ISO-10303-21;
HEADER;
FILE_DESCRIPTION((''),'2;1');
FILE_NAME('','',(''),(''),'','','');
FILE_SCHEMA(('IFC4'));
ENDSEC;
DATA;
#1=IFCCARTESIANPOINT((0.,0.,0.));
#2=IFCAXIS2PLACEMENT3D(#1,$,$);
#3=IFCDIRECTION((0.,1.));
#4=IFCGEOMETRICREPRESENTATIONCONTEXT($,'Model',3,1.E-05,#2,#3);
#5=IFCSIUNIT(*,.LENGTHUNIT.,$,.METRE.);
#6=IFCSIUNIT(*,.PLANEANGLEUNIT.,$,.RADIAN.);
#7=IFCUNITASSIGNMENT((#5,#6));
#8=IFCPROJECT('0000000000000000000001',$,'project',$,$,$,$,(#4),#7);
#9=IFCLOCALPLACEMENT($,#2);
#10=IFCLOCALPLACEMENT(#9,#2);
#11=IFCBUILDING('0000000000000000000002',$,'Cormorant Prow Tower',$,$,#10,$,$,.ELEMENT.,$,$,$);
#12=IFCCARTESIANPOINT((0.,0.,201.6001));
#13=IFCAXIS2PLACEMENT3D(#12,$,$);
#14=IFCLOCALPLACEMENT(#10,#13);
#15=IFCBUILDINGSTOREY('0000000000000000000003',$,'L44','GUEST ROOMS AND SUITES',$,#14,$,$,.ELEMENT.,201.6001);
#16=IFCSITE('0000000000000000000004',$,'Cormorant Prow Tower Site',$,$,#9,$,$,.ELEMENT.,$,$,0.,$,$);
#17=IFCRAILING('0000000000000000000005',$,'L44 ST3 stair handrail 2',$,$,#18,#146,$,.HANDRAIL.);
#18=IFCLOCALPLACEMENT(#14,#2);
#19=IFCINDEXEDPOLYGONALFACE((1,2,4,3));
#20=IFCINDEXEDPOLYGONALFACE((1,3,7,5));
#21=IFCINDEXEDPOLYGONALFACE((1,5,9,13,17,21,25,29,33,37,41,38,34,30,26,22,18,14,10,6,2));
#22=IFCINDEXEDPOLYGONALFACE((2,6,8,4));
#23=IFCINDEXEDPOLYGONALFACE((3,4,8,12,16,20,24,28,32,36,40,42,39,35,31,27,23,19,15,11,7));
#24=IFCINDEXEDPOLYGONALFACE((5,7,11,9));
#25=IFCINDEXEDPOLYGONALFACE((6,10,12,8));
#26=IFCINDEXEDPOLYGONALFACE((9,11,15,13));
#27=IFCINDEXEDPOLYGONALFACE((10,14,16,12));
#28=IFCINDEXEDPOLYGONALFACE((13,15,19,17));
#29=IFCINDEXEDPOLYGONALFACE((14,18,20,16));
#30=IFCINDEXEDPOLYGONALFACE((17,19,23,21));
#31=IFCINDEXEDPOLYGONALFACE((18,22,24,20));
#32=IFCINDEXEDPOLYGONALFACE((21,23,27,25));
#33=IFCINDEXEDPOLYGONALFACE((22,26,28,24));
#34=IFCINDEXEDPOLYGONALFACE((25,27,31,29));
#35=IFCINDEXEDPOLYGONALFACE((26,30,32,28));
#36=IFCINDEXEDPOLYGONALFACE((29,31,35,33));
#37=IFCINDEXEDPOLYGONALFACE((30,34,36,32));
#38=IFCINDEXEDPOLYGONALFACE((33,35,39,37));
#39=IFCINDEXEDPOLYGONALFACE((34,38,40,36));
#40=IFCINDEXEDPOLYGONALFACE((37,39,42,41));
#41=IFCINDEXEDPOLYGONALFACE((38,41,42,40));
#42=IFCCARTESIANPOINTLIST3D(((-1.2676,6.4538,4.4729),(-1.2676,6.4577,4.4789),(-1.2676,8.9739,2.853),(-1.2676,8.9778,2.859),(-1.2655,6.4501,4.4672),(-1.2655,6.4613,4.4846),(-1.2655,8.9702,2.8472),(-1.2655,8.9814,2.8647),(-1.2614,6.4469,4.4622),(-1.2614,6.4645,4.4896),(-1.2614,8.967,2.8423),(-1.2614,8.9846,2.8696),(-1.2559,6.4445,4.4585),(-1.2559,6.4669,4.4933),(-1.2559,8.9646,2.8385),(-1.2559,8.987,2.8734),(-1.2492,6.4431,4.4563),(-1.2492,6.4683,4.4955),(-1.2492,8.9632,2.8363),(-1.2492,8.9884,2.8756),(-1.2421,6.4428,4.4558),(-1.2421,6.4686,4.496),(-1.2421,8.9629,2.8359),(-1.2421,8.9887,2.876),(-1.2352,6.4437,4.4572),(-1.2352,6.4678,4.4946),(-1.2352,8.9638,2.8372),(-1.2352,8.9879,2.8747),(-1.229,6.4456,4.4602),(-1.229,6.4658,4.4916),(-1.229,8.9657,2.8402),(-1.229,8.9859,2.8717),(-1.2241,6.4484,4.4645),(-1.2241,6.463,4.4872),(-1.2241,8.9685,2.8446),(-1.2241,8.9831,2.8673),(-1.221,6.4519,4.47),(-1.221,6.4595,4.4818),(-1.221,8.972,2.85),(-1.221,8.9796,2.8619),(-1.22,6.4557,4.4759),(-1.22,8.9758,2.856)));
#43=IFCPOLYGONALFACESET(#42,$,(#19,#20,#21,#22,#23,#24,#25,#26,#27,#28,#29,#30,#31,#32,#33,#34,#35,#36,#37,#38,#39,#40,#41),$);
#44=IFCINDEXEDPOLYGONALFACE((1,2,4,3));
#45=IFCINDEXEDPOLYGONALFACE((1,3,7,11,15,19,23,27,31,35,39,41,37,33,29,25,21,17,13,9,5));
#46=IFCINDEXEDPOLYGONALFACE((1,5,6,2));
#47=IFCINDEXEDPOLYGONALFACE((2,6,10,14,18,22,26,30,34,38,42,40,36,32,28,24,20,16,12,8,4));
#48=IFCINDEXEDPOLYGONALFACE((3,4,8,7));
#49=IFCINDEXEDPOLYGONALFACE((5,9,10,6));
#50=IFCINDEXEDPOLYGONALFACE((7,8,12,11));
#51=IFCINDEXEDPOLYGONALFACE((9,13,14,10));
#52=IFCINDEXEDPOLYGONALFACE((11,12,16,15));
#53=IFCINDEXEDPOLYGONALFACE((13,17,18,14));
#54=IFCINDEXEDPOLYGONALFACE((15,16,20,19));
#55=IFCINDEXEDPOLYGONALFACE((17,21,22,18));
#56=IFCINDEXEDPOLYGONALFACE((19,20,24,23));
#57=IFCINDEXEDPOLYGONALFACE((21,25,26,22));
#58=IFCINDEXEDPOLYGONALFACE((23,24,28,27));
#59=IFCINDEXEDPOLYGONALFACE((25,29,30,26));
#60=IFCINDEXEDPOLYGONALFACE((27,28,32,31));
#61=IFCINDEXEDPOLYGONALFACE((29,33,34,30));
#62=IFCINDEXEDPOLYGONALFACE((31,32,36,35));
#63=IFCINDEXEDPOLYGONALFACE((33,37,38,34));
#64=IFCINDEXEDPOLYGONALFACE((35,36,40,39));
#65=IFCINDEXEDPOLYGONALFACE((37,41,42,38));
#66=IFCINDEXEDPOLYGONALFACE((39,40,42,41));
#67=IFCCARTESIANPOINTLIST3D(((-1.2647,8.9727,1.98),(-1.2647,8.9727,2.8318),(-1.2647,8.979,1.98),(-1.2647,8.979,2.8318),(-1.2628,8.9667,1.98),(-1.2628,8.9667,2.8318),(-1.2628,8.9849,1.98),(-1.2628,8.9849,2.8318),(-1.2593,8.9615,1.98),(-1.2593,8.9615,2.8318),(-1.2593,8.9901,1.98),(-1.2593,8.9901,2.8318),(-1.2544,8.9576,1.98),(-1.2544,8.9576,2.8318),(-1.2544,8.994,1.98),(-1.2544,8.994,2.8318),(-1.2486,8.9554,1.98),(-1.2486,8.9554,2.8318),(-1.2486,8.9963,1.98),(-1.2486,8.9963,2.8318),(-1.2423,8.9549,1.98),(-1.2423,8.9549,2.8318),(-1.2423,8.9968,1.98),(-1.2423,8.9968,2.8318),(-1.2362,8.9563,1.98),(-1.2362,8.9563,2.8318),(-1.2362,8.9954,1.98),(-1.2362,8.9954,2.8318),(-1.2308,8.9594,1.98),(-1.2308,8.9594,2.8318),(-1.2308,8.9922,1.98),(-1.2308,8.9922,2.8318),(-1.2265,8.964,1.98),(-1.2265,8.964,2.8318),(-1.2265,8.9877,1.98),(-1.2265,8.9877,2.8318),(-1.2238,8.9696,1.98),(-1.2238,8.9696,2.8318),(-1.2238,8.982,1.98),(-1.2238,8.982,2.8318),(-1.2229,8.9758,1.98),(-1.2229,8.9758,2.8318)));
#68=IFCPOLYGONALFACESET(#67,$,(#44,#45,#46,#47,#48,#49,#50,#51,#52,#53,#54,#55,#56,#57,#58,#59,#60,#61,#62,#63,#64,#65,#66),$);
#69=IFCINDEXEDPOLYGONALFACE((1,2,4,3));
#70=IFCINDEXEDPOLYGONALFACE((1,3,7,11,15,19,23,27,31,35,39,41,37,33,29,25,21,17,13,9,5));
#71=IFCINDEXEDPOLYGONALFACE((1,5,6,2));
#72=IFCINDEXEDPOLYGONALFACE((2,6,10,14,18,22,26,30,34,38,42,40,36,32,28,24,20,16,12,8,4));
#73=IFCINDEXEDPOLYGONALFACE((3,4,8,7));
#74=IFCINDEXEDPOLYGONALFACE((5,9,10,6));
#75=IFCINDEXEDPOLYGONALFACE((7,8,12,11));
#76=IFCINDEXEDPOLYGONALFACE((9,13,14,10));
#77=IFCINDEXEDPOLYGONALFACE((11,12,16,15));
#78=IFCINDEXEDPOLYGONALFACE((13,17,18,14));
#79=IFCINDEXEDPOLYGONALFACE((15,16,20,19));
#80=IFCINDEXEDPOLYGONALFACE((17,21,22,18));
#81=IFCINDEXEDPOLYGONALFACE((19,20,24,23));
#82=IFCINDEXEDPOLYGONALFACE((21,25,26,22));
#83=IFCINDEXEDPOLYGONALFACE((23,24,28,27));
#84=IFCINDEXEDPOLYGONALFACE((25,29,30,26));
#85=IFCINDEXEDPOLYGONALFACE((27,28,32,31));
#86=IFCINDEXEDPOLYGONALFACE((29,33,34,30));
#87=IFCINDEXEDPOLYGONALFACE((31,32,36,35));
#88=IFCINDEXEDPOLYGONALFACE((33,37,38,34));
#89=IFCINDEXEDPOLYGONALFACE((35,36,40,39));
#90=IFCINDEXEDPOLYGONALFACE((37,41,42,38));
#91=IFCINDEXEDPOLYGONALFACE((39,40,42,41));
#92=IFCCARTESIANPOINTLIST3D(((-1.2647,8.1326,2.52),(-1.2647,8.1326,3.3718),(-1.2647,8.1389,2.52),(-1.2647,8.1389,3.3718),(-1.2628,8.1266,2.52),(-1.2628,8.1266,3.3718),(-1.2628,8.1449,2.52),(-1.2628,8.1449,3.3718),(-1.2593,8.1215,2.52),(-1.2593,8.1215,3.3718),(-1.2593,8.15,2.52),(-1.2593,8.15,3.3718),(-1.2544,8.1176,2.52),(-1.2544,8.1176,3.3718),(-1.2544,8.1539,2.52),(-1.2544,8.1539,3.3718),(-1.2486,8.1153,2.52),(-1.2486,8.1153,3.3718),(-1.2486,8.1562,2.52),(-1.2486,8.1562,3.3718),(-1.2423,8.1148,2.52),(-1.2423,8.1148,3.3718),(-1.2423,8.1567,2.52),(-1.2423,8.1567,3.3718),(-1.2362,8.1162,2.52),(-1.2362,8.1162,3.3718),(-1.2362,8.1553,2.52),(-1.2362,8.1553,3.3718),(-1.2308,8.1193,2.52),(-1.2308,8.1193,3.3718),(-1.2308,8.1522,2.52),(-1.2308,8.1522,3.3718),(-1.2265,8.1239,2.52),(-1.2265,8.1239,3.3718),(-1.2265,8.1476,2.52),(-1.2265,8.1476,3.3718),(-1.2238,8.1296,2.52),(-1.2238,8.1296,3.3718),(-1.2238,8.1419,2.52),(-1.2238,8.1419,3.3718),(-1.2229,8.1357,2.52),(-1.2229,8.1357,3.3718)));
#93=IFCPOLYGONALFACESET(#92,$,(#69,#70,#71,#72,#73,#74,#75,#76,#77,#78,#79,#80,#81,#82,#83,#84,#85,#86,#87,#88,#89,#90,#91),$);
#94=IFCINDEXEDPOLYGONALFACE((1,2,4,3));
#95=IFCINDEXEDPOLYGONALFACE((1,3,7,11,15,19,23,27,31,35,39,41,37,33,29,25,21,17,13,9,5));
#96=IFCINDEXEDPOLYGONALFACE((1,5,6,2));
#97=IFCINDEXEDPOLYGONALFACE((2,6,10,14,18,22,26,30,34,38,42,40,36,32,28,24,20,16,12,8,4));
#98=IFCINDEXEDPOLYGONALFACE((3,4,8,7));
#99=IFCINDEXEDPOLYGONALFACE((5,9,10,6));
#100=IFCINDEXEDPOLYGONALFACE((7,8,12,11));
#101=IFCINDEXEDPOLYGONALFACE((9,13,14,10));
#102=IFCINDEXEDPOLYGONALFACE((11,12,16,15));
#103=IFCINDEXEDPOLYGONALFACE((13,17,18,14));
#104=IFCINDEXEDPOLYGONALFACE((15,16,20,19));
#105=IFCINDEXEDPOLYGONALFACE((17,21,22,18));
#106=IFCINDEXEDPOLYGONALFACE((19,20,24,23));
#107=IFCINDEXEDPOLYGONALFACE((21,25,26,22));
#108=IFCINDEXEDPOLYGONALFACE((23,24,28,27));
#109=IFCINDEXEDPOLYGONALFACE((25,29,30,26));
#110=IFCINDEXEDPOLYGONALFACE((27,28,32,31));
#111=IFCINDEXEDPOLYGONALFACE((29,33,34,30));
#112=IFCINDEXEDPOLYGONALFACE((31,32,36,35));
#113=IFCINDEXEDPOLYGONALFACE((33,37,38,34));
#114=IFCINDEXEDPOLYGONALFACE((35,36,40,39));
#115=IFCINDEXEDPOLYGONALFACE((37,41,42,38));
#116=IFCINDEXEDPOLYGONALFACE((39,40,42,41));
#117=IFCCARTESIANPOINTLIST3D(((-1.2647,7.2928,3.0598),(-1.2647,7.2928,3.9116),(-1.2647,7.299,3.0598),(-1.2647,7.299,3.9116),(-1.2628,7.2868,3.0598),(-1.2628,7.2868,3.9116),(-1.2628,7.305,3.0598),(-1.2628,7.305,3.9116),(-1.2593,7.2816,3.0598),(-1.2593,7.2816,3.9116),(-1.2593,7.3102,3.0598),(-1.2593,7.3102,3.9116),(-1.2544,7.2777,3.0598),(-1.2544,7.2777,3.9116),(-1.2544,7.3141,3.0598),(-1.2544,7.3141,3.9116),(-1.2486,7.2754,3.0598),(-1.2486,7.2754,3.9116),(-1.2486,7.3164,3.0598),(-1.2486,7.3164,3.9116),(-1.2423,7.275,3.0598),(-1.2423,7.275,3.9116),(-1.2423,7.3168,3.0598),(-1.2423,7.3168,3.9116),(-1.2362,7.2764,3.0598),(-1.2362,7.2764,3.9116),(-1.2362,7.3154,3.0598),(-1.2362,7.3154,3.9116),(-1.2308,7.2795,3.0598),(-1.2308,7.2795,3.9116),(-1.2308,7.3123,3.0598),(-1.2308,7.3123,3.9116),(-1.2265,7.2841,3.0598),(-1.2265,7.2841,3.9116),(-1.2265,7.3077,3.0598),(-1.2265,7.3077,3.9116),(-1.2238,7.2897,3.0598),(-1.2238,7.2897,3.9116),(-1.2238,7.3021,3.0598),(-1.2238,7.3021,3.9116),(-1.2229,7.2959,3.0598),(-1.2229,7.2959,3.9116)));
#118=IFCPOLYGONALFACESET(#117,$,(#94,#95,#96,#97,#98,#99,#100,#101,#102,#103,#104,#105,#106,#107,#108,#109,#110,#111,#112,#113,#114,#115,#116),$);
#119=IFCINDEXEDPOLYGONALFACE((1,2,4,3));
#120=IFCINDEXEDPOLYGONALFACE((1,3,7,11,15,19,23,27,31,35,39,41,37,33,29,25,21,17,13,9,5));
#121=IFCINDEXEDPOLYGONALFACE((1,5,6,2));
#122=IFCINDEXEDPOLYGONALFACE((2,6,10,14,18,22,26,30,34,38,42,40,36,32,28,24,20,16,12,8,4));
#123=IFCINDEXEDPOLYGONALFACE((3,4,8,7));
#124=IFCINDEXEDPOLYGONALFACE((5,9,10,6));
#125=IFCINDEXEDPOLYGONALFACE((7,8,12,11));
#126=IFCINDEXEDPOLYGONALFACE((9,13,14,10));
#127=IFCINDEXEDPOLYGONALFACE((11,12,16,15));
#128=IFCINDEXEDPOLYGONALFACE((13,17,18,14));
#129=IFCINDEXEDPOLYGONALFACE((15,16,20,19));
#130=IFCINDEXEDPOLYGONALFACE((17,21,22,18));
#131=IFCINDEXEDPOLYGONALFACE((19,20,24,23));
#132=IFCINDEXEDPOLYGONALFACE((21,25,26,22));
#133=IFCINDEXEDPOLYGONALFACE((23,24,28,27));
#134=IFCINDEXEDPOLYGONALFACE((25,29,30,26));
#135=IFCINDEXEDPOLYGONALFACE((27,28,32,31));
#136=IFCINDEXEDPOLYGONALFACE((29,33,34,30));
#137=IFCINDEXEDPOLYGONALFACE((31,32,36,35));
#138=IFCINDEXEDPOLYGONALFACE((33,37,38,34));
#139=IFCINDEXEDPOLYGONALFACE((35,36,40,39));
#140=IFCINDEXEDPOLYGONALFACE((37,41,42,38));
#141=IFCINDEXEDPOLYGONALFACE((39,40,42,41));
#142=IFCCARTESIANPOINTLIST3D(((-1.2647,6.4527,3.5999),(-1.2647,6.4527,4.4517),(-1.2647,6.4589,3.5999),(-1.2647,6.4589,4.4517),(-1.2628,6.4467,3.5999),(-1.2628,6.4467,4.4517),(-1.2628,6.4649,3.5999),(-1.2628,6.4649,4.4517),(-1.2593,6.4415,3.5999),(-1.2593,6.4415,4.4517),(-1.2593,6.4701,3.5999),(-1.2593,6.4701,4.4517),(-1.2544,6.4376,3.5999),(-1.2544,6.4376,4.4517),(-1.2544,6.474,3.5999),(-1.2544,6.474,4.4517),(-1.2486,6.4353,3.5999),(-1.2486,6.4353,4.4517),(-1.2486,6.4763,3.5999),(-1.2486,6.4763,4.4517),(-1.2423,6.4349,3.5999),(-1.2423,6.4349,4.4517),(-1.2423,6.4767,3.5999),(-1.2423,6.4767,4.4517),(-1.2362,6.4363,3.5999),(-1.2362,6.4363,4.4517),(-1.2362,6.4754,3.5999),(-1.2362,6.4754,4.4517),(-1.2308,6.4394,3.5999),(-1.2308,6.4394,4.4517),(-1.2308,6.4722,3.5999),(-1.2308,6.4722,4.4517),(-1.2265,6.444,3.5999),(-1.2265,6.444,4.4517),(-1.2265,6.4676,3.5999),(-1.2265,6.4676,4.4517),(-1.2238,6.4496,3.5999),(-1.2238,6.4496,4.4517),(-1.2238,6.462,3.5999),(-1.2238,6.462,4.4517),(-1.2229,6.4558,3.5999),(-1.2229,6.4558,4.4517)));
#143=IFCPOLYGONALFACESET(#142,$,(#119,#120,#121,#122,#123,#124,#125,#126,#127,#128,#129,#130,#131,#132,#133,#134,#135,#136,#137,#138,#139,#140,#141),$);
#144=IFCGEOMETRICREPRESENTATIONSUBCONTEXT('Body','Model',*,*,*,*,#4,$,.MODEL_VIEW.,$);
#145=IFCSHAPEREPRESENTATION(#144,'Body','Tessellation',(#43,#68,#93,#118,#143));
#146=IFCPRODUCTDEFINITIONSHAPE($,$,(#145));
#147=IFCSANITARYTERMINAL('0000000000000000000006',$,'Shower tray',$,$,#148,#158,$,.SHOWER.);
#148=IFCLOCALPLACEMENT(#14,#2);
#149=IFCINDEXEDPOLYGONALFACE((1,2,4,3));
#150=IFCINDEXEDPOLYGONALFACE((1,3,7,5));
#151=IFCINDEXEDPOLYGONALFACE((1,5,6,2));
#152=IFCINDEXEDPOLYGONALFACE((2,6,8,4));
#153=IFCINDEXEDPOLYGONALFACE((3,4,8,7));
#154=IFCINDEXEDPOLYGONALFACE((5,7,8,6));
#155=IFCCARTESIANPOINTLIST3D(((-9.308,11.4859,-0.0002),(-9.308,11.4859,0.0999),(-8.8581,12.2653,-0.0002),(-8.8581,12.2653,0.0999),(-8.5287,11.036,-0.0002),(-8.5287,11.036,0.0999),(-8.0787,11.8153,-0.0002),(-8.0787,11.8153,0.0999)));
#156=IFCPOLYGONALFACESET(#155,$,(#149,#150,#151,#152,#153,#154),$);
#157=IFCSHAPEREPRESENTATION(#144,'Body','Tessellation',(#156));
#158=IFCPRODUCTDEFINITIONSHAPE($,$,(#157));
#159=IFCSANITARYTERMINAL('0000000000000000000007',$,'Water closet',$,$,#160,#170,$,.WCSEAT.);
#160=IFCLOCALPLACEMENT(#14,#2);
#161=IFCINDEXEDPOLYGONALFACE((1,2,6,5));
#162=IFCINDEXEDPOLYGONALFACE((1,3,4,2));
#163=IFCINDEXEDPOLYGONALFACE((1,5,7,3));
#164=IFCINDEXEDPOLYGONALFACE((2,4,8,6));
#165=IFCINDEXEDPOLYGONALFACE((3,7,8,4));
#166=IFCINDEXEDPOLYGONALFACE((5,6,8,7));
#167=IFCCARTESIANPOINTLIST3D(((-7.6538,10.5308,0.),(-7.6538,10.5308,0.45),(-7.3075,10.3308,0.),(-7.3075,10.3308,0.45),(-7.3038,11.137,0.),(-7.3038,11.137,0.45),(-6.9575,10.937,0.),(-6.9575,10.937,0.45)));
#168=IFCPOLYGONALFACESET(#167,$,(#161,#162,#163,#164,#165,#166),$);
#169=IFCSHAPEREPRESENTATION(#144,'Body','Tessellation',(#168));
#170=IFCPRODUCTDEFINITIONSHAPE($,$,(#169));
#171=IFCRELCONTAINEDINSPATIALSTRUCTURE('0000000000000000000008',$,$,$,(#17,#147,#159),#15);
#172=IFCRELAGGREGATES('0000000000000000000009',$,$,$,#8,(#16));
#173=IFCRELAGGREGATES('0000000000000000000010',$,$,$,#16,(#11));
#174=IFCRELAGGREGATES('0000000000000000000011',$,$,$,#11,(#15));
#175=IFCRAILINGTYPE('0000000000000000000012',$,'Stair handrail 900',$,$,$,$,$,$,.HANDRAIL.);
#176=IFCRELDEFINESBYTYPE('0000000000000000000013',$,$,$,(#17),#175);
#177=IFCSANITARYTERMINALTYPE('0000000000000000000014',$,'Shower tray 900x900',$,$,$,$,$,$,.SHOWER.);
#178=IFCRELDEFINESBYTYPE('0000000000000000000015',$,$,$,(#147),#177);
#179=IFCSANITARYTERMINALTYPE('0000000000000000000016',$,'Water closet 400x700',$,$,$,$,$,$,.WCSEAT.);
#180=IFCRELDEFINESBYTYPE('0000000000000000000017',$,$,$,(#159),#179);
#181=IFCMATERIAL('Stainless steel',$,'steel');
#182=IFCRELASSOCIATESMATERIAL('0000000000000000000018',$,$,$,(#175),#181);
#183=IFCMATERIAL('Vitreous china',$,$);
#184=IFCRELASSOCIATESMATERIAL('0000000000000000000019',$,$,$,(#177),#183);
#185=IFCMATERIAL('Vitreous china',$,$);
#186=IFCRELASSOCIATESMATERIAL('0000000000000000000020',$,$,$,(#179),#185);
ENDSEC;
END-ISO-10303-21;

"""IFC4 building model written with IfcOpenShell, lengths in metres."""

from ifc_helpers import new_model, si_unit, direction, frame, origin, origin_2d, place, context, subcontext, project, spatial, rectangle, circle, extrude, material, type_object, element, save


model = new_model("IFC4")

# Units and contexts
model_context = context("Model", 3, precision=1e-05, world=origin(), true_north=direction((0.0, 1.0)))
body_context = subcontext(model_context, "Body", "Model", "MODEL_VIEW")
ifc_project = project(units=[si_unit("LENGTHUNIT", "METRE"), si_unit("PLANEANGLEUNIT", "RADIAN")], contexts=[model_context])

# Site, building, storey
site_placement = place(None, origin())
site = spatial("IfcSite", under=ifc_project, at=site_placement, Name="Cormorant Prow Tower Site", CompositionType="ELEMENT", RefElevation=0.0)
building_placement = place(site_placement, origin())
building = spatial("IfcBuilding", under=site, at=building_placement, Name="Cormorant Prow Tower", CompositionType="ELEMENT")
storey_placement = place(building_placement, frame((0.0, 0.0, 201.6001)))
storey = spatial("IfcBuildingStorey", under=building, at=storey_placement, Name="L44", Description="GUEST ROOMS AND SUITES", CompositionType="ELEMENT", Elevation=201.6001)

# Railing
ifc_material_1 = material(Name="Stainless steel", Category="steel")
railing_type = type_object("IfcRailingType", Name="Stair handrail 900", PredefinedType="HANDRAIL", material=ifc_material_1)
railing_1_placement = place(storey_placement, frame((-1.2439, 8.9758, 1.98)))
element("IfcRailing", 1, at=railing_1_placement, inside=storey, type_object=railing_type, Name="L44 ST3 stair handrail 2", PredefinedType="HANDRAIL", context=body_context, shape_type="SweptSolid", body=[
    extrude(circle(Radius=0.0239, at=origin_2d()), frame((0.0, 0.0, 0.876), z_axis=(0.0, -0.8412, 0.540725), x_axis=(1.0, 0.0, 0.0)), (0.0, 0.0, 1.0), 2.9958),
    extrude(circle(Radius=0.021, at=origin_2d()), origin(), (0.0, 0.0, 1.0), 0.8518),
    extrude(circle(Radius=0.021, at=origin_2d()), frame((0.0, -0.8401, 0.54)), (0.0, 0.0, 1.0), 0.8518),
    extrude(circle(Radius=0.021, at=origin_2d()), frame((0.0, -1.6799, 1.0798)), (0.0, 0.0, 1.0), 0.8518),
    extrude(circle(Radius=0.021, at=origin_2d()), frame((0.0, -2.52, 1.6199)), (0.0, 0.0, 1.0), 0.8518),
])

# Sanitary terminals
ifc_material_2 = material(Name="Vitreous china")
sanitary_terminal_type_1 = type_object("IfcSanitaryTerminalType", Name="Shower tray 900x900", PredefinedType="SHOWER", material=ifc_material_2)
sanitary_terminal_1_placement = place(storey_placement, frame((-8.6934, 11.6506, -0.0002), z_axis=(0.0, 0.0, 1.0), x_axis=(0.5, 0.866025, 0.0)))
element("IfcSanitaryTerminal", 2, at=sanitary_terminal_1_placement, inside=storey, type_object=sanitary_terminal_type_1, Name="Shower tray", PredefinedType="SHOWER", context=body_context, shape_type="SweptSolid", body=[
    extrude(rectangle(XDim=0.8999, YDim=0.8999, at=origin_2d()), origin(), (0.0, 0.0, 1.0), 0.1001),
])
ifc_material_3 = material(Name="Vitreous china")
sanitary_terminal_type_2 = type_object("IfcSanitaryTerminalType", Name="Water closet 400x700", PredefinedType="WCSEAT", material=ifc_material_3)
sanitary_terminal_2_placement = place(storey_placement, frame((-7.3057, 10.7339, 0.0), z_axis=(0.0, 0.0, 1.0), x_axis=(-0.866025, 0.5, 0.0)))
element("IfcSanitaryTerminal", 3, at=sanitary_terminal_2_placement, inside=storey, type_object=sanitary_terminal_type_2, Name="Water closet", PredefinedType="WCSEAT", context=body_context, shape_type="SweptSolid", body=[
    extrude(rectangle(XDim=0.3999, YDim=0.7, at=origin_2d()), origin(), (0.0, 0.0, 1.0), 0.45),
])

save(model, "model.ifc")
